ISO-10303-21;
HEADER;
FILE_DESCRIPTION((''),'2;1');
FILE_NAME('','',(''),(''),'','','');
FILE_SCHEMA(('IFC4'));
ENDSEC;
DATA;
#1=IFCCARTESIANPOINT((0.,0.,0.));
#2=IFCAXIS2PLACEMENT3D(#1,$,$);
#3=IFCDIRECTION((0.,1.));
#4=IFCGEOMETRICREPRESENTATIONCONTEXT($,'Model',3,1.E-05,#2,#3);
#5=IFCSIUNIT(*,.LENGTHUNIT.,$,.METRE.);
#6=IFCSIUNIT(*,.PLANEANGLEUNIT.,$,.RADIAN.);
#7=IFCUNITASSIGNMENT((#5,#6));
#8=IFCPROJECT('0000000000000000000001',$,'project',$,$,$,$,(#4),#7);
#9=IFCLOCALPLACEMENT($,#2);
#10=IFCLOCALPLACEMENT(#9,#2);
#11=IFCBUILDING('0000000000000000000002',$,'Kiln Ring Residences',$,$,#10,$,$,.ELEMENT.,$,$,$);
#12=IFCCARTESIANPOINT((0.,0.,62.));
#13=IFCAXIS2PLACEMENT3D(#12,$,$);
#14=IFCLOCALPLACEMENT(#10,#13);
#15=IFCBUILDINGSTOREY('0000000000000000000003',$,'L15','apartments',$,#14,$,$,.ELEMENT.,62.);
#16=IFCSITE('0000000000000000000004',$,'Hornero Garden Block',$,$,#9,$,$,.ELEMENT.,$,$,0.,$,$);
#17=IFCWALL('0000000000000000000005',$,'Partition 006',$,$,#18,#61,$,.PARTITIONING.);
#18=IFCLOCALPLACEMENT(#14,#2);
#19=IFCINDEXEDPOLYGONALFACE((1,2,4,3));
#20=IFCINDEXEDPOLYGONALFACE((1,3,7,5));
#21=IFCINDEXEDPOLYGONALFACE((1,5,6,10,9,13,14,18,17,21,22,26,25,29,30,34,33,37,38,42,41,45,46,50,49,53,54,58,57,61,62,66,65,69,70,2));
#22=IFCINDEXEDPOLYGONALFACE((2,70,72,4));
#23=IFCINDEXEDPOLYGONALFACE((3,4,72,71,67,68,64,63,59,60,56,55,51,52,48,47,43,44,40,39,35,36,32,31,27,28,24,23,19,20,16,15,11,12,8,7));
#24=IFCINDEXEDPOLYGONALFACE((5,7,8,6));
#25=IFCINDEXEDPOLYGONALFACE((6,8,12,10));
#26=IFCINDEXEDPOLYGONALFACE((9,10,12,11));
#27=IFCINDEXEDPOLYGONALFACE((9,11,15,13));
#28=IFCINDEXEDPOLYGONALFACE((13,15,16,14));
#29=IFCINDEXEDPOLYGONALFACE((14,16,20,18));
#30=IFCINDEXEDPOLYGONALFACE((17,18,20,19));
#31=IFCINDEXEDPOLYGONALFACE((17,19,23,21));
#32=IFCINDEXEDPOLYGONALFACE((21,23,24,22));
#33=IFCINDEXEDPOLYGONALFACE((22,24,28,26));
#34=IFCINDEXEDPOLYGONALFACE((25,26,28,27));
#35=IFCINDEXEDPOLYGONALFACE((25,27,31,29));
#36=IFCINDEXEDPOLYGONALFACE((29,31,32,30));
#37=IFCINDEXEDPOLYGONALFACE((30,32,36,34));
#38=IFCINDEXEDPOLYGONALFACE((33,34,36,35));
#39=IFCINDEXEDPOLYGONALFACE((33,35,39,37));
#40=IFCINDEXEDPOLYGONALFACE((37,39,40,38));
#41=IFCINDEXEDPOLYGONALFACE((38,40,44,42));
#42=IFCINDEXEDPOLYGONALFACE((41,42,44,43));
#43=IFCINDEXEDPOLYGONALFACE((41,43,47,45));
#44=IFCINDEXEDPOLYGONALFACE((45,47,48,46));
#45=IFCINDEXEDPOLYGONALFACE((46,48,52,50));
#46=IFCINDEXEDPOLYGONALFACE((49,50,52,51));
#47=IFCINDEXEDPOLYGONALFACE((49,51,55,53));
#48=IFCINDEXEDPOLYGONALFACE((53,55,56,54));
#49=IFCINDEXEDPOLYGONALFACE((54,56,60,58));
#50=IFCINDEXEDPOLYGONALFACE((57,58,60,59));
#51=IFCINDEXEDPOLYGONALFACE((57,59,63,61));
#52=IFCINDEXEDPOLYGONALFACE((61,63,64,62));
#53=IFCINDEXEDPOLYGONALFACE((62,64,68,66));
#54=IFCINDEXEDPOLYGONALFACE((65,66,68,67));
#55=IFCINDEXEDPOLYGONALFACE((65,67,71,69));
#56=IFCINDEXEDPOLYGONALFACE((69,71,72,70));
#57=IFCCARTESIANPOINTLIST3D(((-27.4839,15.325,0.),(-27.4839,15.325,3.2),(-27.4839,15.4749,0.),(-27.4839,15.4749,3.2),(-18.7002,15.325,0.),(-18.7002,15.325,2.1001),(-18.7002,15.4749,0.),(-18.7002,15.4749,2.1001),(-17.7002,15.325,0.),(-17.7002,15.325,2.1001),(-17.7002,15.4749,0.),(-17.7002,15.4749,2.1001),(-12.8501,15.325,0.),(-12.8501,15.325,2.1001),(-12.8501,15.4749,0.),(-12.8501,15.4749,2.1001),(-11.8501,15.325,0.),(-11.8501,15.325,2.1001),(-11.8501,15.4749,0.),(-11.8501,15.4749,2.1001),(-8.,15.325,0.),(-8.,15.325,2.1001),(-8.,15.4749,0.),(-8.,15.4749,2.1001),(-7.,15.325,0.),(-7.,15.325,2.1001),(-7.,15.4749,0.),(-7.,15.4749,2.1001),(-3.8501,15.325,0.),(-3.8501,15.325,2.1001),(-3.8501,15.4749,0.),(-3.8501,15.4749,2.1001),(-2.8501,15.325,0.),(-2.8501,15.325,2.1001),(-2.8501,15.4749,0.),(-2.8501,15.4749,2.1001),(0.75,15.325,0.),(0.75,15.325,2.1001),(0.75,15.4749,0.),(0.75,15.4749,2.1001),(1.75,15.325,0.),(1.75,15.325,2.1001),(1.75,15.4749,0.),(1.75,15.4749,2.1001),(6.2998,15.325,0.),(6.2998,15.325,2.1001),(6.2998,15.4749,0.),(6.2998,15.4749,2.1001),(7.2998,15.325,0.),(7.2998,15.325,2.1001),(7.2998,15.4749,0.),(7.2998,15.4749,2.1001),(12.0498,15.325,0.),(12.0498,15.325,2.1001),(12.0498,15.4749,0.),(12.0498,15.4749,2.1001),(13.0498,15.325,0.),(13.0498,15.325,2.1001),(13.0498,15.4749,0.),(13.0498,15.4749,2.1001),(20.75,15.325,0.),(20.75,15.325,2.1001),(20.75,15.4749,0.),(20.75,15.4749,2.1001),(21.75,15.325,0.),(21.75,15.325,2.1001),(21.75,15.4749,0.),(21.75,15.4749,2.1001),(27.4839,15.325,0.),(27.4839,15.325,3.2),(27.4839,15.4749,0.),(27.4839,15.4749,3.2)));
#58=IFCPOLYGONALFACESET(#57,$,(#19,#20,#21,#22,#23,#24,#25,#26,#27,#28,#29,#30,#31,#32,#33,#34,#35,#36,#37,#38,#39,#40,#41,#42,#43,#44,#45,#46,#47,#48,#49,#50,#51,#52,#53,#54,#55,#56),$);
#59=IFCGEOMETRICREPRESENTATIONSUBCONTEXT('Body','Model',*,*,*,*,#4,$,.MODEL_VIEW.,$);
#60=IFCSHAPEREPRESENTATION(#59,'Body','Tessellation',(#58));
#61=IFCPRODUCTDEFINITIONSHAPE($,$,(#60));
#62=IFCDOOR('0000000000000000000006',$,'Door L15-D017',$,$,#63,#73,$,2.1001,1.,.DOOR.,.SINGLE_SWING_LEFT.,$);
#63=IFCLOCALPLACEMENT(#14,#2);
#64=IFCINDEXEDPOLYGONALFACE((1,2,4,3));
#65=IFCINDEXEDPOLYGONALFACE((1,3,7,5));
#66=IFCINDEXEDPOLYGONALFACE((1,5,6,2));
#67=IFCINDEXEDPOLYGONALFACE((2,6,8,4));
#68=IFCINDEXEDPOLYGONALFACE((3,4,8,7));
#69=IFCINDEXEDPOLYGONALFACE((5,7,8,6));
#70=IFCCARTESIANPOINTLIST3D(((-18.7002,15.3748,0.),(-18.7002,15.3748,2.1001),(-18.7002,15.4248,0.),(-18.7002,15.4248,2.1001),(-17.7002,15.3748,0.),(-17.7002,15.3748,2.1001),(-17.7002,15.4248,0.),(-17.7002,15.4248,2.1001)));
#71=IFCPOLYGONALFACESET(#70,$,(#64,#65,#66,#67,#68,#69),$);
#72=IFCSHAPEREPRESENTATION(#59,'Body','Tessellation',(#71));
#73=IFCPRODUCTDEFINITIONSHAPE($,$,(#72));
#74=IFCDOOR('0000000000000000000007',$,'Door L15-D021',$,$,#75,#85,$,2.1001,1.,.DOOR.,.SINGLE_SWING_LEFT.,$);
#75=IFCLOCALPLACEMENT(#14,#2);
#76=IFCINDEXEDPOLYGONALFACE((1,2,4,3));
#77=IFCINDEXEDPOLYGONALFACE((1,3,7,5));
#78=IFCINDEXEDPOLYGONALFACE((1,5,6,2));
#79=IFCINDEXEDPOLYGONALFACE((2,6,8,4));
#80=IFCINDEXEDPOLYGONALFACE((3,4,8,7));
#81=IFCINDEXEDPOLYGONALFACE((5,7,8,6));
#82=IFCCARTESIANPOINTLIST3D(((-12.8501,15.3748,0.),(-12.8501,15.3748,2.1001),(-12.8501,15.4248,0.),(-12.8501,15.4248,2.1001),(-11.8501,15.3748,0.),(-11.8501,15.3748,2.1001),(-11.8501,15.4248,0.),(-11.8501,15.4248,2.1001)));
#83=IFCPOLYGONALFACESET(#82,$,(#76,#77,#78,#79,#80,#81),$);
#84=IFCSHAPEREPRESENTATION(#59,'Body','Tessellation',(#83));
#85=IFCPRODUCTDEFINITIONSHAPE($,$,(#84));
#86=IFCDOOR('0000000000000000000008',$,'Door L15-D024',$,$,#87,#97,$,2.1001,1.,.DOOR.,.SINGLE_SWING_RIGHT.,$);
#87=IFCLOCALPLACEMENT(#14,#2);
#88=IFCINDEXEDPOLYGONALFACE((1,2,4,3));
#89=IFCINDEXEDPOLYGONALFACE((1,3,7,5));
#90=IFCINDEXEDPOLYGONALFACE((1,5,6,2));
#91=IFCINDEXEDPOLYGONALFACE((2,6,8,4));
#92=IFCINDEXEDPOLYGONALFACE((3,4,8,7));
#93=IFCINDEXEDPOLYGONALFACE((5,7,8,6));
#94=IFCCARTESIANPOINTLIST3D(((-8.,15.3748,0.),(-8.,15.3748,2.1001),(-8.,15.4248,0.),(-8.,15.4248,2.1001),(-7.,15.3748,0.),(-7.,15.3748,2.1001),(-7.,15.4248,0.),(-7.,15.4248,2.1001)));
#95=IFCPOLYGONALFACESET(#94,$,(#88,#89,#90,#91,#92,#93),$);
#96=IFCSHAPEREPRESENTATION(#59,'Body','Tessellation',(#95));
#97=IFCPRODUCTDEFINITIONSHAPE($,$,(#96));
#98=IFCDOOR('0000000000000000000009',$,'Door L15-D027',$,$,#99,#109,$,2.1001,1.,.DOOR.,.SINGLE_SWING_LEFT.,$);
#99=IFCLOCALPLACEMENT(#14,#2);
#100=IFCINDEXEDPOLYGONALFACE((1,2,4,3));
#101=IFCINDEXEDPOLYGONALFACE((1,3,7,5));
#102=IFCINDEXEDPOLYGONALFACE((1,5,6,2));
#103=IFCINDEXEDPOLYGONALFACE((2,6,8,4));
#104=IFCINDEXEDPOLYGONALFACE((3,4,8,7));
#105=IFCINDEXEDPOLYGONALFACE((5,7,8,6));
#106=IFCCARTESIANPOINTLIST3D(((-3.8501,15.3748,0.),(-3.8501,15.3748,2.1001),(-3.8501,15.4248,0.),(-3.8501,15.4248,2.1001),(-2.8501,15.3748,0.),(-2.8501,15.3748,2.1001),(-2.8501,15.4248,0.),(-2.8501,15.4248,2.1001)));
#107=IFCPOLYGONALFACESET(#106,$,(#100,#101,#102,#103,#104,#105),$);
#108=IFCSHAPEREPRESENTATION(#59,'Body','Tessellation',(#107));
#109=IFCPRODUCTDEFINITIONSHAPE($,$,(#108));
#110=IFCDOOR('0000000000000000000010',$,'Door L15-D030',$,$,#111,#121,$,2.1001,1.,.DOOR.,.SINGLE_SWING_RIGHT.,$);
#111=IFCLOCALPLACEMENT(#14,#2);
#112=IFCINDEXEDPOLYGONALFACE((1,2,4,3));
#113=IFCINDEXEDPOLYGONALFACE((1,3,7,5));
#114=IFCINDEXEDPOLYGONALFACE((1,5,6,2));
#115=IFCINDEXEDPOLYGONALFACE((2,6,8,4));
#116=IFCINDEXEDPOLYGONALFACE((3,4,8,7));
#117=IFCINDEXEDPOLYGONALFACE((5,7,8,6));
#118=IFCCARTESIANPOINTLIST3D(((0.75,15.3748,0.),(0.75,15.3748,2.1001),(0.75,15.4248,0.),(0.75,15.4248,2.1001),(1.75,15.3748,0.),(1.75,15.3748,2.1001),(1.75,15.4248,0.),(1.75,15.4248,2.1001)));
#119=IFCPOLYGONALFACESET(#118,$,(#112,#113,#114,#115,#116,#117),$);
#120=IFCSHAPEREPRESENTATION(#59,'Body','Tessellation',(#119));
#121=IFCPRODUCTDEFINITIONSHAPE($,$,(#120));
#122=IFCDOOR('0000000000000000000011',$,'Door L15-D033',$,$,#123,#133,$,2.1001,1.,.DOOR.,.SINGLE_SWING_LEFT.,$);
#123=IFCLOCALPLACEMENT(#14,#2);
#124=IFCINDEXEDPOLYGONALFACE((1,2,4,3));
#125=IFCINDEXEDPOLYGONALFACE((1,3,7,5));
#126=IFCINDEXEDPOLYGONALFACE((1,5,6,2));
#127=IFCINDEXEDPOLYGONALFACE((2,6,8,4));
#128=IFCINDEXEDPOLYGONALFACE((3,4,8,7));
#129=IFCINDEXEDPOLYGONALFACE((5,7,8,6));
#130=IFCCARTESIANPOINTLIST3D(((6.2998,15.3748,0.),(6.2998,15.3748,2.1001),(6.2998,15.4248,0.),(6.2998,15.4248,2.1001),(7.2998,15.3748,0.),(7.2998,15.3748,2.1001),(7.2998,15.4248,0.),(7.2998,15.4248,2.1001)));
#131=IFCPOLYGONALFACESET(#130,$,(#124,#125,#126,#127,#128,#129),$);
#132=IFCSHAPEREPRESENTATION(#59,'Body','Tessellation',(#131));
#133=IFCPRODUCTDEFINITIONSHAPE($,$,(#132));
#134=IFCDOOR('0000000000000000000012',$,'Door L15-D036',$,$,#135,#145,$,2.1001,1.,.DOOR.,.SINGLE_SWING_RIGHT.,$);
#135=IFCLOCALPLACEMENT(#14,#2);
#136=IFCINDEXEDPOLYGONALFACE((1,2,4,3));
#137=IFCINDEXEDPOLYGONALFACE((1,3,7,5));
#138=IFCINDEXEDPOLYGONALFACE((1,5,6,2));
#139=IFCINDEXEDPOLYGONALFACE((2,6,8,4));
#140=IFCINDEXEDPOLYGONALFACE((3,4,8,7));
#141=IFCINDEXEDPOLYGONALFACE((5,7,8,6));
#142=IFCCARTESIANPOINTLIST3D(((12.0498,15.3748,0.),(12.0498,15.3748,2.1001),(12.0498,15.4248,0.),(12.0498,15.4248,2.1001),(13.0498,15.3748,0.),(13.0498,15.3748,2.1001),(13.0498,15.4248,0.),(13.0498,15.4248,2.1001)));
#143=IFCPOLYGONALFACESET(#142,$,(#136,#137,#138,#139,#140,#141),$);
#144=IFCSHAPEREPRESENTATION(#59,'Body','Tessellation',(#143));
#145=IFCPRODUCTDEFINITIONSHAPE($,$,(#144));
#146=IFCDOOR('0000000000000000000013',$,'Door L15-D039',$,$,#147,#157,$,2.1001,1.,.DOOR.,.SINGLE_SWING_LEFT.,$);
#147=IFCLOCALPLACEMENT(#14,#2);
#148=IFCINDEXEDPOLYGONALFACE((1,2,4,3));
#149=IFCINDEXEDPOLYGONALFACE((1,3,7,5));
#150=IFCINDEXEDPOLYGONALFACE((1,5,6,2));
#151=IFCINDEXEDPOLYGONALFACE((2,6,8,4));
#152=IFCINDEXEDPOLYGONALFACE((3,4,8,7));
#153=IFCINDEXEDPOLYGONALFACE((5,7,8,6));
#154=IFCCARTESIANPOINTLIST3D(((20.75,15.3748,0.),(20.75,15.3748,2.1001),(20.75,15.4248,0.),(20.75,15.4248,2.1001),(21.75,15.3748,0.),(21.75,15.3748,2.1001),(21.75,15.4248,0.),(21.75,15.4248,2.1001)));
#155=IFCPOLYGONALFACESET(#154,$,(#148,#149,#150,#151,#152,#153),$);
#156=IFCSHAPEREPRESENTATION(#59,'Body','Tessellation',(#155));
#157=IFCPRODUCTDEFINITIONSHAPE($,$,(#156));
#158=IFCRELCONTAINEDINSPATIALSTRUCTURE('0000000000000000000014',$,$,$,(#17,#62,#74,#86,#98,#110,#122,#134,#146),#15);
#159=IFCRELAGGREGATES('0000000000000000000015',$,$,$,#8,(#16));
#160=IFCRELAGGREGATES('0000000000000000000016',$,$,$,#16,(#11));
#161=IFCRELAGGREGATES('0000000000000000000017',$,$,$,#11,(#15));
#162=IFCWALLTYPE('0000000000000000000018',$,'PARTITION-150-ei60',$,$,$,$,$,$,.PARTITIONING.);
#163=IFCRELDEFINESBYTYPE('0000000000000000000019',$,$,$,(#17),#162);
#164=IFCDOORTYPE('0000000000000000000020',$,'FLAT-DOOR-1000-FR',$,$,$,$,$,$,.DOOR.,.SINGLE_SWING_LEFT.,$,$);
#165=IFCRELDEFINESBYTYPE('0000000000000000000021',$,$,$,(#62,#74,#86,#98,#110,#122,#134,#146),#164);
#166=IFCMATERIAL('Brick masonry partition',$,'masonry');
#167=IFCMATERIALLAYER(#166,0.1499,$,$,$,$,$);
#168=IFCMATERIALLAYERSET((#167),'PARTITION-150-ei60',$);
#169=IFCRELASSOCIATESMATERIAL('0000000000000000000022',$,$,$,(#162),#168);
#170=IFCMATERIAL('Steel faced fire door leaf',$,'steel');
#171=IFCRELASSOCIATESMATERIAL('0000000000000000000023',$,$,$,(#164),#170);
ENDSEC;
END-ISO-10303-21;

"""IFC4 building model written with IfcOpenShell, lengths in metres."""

from ifc_helpers import new_model, si_unit, direction, frame, frame_2d, origin, place, context, subcontext, project, spatial, rectangle, extrude, material, layer, layer_set, type_object, element, fill, save


model = new_model("IFC4")

# Units and contexts
model_context = context("Model", 3, precision=1e-05, world=origin(), true_north=direction((0.0, 1.0)))
body_context = subcontext(model_context, "Body", "Model", "MODEL_VIEW")
ifc_project = project(units=[si_unit("LENGTHUNIT", "METRE"), si_unit("PLANEANGLEUNIT", "RADIAN")], contexts=[model_context])

# Site, building, storey
site_placement = place(None, origin())
site = spatial("IfcSite", under=ifc_project, at=site_placement, Name="Hornero Garden Block", CompositionType="ELEMENT", RefElevation=0.0)
building_placement = place(site_placement, origin())
building = spatial("IfcBuilding", under=site, at=building_placement, Name="Kiln Ring Residences", CompositionType="ELEMENT")
storey_placement = place(building_placement, frame((0.0, 0.0, 62.0)))
storey = spatial("IfcBuildingStorey", under=building, at=storey_placement, Name="L15", Description="apartments", CompositionType="ELEMENT", Elevation=62.0)

# Wall, openings, doors
ifc_material_1 = material(Name="Brick masonry partition", Category="masonry")
ifc_layer_1 = layer(ifc_material_1, 0.1499)
ifc_layer_set_1 = layer_set([ifc_layer_1], Name="PARTITION-150-ei60")
wall_type_1 = type_object("IfcWallType", Name="PARTITION-150-ei60", PredefinedType="PARTITIONING", material=ifc_layer_set_1)
wall_1_placement = place(storey_placement, frame((-27.4839, 15.3999, 0.0), z_axis=(0.0, 0.0, 1.0), x_axis=(1.0, 0.0, 0.0)))
wall_1 = element("IfcWall", 1, at=wall_1_placement, inside=storey, type_object=wall_type_1, Name="Partition 006", PredefinedType="PARTITIONING", context=body_context, shape_type="SweptSolid", body=[
    extrude(rectangle(XDim=54.9678, YDim=0.1499, at=frame_2d((27.4839, 0.0))), origin(), (0.0, 0.0, 1.0), 3.2),
])
opening_1_placement = place(wall_1_placement, frame((8.7837, 0.0, 0.0)))
opening_1 = element("IfcOpeningElement", 2, at=opening_1_placement, cuts=wall_1, PredefinedType="OPENING", context=body_context, shape_type="SweptSolid", body=[
    extrude(rectangle(XDim=1.0, YDim=2.1001, at=frame_2d((0.5, 1.05))), frame((0.0, 0.085, 0.0), z_axis=(0.0, -1.0, 0.0), x_axis=(1.0, 0.0, 0.0)), (0.0, 0.0, 1.0), 0.1699),
])
opening_2_placement = place(wall_1_placement, frame((14.6338, 0.0, 0.0)))
opening_2 = element("IfcOpeningElement", 3, at=opening_2_placement, cuts=wall_1, PredefinedType="OPENING", context=body_context, shape_type="SweptSolid", body=[
    extrude(rectangle(XDim=1.0, YDim=2.1001, at=frame_2d((0.5, 1.05))), frame((0.0, 0.085, 0.0), z_axis=(0.0, -1.0, 0.0), x_axis=(1.0, 0.0, 0.0)), (0.0, 0.0, 1.0), 0.1699),
])
opening_3_placement = place(wall_1_placement, frame((19.4839, 0.0, 0.0)))
opening_3 = element("IfcOpeningElement", 4, at=opening_3_placement, cuts=wall_1, PredefinedType="OPENING", context=body_context, shape_type="SweptSolid", body=[
    extrude(rectangle(XDim=1.0, YDim=2.1001, at=frame_2d((0.5, 1.05))), frame((0.0, 0.085, 0.0), z_axis=(0.0, -1.0, 0.0), x_axis=(1.0, 0.0, 0.0)), (0.0, 0.0, 1.0), 0.1699),
])
opening_4_placement = place(wall_1_placement, frame((23.6338, 0.0, 0.0)))
opening_4 = element("IfcOpeningElement", 5, at=opening_4_placement, cuts=wall_1, PredefinedType="OPENING", context=body_context, shape_type="SweptSolid", body=[
    extrude(rectangle(XDim=1.0, YDim=2.1001, at=frame_2d((0.5, 1.05))), frame((0.0, 0.085, 0.0), z_axis=(0.0, -1.0, 0.0), x_axis=(1.0, 0.0, 0.0)), (0.0, 0.0, 1.0), 0.1699),
])
opening_5_placement = place(wall_1_placement, frame((28.2339, 0.0, 0.0)))
opening_5 = element("IfcOpeningElement", 6, at=opening_5_placement, cuts=wall_1, PredefinedType="OPENING", context=body_context, shape_type="SweptSolid", body=[
    extrude(rectangle(XDim=1.0, YDim=2.1001, at=frame_2d((0.5, 1.05))), frame((0.0, 0.085, 0.0), z_axis=(0.0, -1.0, 0.0), x_axis=(1.0, 0.0, 0.0)), (0.0, 0.0, 1.0), 0.1699),
])
opening_6_placement = place(wall_1_placement, frame((33.7837, 0.0, 0.0)))
opening_6 = element("IfcOpeningElement", 7, at=opening_6_placement, cuts=wall_1, PredefinedType="OPENING", context=body_context, shape_type="SweptSolid", body=[
    extrude(rectangle(XDim=1.0, YDim=2.1001, at=frame_2d((0.5, 1.05))), frame((0.0, 0.085, 0.0), z_axis=(0.0, -1.0, 0.0), x_axis=(1.0, 0.0, 0.0)), (0.0, 0.0, 1.0), 0.1699),
])
opening_7_placement = place(wall_1_placement, frame((39.5337, 0.0, 0.0)))
opening_7 = element("IfcOpeningElement", 8, at=opening_7_placement, cuts=wall_1, PredefinedType="OPENING", context=body_context, shape_type="SweptSolid", body=[
    extrude(rectangle(XDim=1.0, YDim=2.1001, at=frame_2d((0.5, 1.05))), frame((0.0, 0.085, 0.0), z_axis=(0.0, -1.0, 0.0), x_axis=(1.0, 0.0, 0.0)), (0.0, 0.0, 1.0), 0.1699),
])
opening_8_placement = place(wall_1_placement, frame((48.2339, 0.0, 0.0)))
opening_8 = element("IfcOpeningElement", 9, at=opening_8_placement, cuts=wall_1, PredefinedType="OPENING", context=body_context, shape_type="SweptSolid", body=[
    extrude(rectangle(XDim=1.0, YDim=2.1001, at=frame_2d((0.5, 1.05))), frame((0.0, 0.085, 0.0), z_axis=(0.0, -1.0, 0.0), x_axis=(1.0, 0.0, 0.0)), (0.0, 0.0, 1.0), 0.1699),
])
ifc_material_2 = material(Name="Steel faced fire door leaf", Category="steel")
door_type_1 = type_object("IfcDoorType", Name="FLAT-DOOR-1000-FR", OperationType="SINGLE_SWING_LEFT", PredefinedType="DOOR", material=ifc_material_2)
door_1_placement = place(opening_1_placement, origin())
door_1 = element("IfcDoor", 10, at=door_1_placement, inside=storey, type_object=door_type_1, Name="Door L15-D017", OperationType="SINGLE_SWING_LEFT", OverallHeight=2.1001, OverallWidth=1.0, PredefinedType="DOOR", context=body_context, shape_type="SweptSolid", body=[
    extrude(rectangle(XDim=1.0, YDim=2.1001, at=frame_2d((0.5, 1.05))), frame((0.0, 0.0249, 0.0), z_axis=(0.0, -1.0, 0.0), x_axis=(1.0, 0.0, 0.0)), (0.0, 0.0, 1.0), 0.05),
])
fill(opening_1, door_1)
door_2_placement = place(opening_2_placement, origin())
door_2 = element("IfcDoor", 11, at=door_2_placement, inside=storey, type_object=door_type_1, Name="Door L15-D021", OperationType="SINGLE_SWING_LEFT", OverallHeight=2.1001, OverallWidth=1.0, PredefinedType="DOOR", context=body_context, shape_type="SweptSolid", body=[
    extrude(rectangle(XDim=1.0, YDim=2.1001, at=frame_2d((0.5, 1.05))), frame((0.0, 0.0249, 0.0), z_axis=(0.0, -1.0, 0.0), x_axis=(1.0, 0.0, 0.0)), (0.0, 0.0, 1.0), 0.05),
])
fill(opening_2, door_2)
door_3_placement = place(opening_3_placement, origin())
door_3 = element("IfcDoor", 12, at=door_3_placement, inside=storey, type_object=door_type_1, Name="Door L15-D024", OperationType="SINGLE_SWING_RIGHT", OverallHeight=2.1001, OverallWidth=1.0, PredefinedType="DOOR", context=body_context, shape_type="SweptSolid", body=[
    extrude(rectangle(XDim=1.0, YDim=2.1001, at=frame_2d((0.5, 1.05))), frame((0.0, 0.0249, 0.0), z_axis=(0.0, -1.0, 0.0), x_axis=(1.0, 0.0, 0.0)), (0.0, 0.0, 1.0), 0.05),
])
fill(opening_3, door_3)
door_4_placement = place(opening_4_placement, origin())
door_4 = element("IfcDoor", 13, at=door_4_placement, inside=storey, type_object=door_type_1, Name="Door L15-D027", OperationType="SINGLE_SWING_LEFT", OverallHeight=2.1001, OverallWidth=1.0, PredefinedType="DOOR", context=body_context, shape_type="SweptSolid", body=[
    extrude(rectangle(XDim=1.0, YDim=2.1001, at=frame_2d((0.5, 1.05))), frame((0.0, 0.0249, 0.0), z_axis=(0.0, -1.0, 0.0), x_axis=(1.0, 0.0, 0.0)), (0.0, 0.0, 1.0), 0.05),
])
fill(opening_4, door_4)
door_5_placement = place(opening_5_placement, origin())
door_5 = element("IfcDoor", 14, at=door_5_placement, inside=storey, type_object=door_type_1, Name="Door L15-D030", OperationType="SINGLE_SWING_RIGHT", OverallHeight=2.1001, OverallWidth=1.0, PredefinedType="DOOR", context=body_context, shape_type="SweptSolid", body=[
    extrude(rectangle(XDim=1.0, YDim=2.1001, at=frame_2d((0.5, 1.05))), frame((0.0, 0.0249, 0.0), z_axis=(0.0, -1.0, 0.0), x_axis=(1.0, 0.0, 0.0)), (0.0, 0.0, 1.0), 0.05),
])
fill(opening_5, door_5)
door_6_placement = place(opening_6_placement, origin())
door_6 = element("IfcDoor", 15, at=door_6_placement, inside=storey, type_object=door_type_1, Name="Door L15-D033", OperationType="SINGLE_SWING_LEFT", OverallHeight=2.1001, OverallWidth=1.0, PredefinedType="DOOR", context=body_context, shape_type="SweptSolid", body=[
    extrude(rectangle(XDim=1.0, YDim=2.1001, at=frame_2d((0.5, 1.05))), frame((0.0, 0.0249, 0.0), z_axis=(0.0, -1.0, 0.0), x_axis=(1.0, 0.0, 0.0)), (0.0, 0.0, 1.0), 0.05),
])
fill(opening_6, door_6)
door_7_placement = place(opening_7_placement, origin())
door_7 = element("IfcDoor", 16, at=door_7_placement, inside=storey, type_object=door_type_1, Name="Door L15-D036", OperationType="SINGLE_SWING_RIGHT", OverallHeight=2.1001, OverallWidth=1.0, PredefinedType="DOOR", context=body_context, shape_type="SweptSolid", body=[
    extrude(rectangle(XDim=1.0, YDim=2.1001, at=frame_2d((0.5, 1.05))), frame((0.0, 0.0249, 0.0), z_axis=(0.0, -1.0, 0.0), x_axis=(1.0, 0.0, 0.0)), (0.0, 0.0, 1.0), 0.05),
])
fill(opening_7, door_7)
door_8_placement = place(opening_8_placement, origin())
door_8 = element("IfcDoor", 17, at=door_8_placement, inside=storey, type_object=door_type_1, Name="Door L15-D039", OperationType="SINGLE_SWING_LEFT", OverallHeight=2.1001, OverallWidth=1.0, PredefinedType="DOOR", context=body_context, shape_type="SweptSolid", body=[
    extrude(rectangle(XDim=1.0, YDim=2.1001, at=frame_2d((0.5, 1.05))), frame((0.0, 0.0249, 0.0), z_axis=(0.0, -1.0, 0.0), x_axis=(1.0, 0.0, 0.0)), (0.0, 0.0, 1.0), 0.05),
])
fill(opening_8, door_8)

save(model, "model.ifc")
